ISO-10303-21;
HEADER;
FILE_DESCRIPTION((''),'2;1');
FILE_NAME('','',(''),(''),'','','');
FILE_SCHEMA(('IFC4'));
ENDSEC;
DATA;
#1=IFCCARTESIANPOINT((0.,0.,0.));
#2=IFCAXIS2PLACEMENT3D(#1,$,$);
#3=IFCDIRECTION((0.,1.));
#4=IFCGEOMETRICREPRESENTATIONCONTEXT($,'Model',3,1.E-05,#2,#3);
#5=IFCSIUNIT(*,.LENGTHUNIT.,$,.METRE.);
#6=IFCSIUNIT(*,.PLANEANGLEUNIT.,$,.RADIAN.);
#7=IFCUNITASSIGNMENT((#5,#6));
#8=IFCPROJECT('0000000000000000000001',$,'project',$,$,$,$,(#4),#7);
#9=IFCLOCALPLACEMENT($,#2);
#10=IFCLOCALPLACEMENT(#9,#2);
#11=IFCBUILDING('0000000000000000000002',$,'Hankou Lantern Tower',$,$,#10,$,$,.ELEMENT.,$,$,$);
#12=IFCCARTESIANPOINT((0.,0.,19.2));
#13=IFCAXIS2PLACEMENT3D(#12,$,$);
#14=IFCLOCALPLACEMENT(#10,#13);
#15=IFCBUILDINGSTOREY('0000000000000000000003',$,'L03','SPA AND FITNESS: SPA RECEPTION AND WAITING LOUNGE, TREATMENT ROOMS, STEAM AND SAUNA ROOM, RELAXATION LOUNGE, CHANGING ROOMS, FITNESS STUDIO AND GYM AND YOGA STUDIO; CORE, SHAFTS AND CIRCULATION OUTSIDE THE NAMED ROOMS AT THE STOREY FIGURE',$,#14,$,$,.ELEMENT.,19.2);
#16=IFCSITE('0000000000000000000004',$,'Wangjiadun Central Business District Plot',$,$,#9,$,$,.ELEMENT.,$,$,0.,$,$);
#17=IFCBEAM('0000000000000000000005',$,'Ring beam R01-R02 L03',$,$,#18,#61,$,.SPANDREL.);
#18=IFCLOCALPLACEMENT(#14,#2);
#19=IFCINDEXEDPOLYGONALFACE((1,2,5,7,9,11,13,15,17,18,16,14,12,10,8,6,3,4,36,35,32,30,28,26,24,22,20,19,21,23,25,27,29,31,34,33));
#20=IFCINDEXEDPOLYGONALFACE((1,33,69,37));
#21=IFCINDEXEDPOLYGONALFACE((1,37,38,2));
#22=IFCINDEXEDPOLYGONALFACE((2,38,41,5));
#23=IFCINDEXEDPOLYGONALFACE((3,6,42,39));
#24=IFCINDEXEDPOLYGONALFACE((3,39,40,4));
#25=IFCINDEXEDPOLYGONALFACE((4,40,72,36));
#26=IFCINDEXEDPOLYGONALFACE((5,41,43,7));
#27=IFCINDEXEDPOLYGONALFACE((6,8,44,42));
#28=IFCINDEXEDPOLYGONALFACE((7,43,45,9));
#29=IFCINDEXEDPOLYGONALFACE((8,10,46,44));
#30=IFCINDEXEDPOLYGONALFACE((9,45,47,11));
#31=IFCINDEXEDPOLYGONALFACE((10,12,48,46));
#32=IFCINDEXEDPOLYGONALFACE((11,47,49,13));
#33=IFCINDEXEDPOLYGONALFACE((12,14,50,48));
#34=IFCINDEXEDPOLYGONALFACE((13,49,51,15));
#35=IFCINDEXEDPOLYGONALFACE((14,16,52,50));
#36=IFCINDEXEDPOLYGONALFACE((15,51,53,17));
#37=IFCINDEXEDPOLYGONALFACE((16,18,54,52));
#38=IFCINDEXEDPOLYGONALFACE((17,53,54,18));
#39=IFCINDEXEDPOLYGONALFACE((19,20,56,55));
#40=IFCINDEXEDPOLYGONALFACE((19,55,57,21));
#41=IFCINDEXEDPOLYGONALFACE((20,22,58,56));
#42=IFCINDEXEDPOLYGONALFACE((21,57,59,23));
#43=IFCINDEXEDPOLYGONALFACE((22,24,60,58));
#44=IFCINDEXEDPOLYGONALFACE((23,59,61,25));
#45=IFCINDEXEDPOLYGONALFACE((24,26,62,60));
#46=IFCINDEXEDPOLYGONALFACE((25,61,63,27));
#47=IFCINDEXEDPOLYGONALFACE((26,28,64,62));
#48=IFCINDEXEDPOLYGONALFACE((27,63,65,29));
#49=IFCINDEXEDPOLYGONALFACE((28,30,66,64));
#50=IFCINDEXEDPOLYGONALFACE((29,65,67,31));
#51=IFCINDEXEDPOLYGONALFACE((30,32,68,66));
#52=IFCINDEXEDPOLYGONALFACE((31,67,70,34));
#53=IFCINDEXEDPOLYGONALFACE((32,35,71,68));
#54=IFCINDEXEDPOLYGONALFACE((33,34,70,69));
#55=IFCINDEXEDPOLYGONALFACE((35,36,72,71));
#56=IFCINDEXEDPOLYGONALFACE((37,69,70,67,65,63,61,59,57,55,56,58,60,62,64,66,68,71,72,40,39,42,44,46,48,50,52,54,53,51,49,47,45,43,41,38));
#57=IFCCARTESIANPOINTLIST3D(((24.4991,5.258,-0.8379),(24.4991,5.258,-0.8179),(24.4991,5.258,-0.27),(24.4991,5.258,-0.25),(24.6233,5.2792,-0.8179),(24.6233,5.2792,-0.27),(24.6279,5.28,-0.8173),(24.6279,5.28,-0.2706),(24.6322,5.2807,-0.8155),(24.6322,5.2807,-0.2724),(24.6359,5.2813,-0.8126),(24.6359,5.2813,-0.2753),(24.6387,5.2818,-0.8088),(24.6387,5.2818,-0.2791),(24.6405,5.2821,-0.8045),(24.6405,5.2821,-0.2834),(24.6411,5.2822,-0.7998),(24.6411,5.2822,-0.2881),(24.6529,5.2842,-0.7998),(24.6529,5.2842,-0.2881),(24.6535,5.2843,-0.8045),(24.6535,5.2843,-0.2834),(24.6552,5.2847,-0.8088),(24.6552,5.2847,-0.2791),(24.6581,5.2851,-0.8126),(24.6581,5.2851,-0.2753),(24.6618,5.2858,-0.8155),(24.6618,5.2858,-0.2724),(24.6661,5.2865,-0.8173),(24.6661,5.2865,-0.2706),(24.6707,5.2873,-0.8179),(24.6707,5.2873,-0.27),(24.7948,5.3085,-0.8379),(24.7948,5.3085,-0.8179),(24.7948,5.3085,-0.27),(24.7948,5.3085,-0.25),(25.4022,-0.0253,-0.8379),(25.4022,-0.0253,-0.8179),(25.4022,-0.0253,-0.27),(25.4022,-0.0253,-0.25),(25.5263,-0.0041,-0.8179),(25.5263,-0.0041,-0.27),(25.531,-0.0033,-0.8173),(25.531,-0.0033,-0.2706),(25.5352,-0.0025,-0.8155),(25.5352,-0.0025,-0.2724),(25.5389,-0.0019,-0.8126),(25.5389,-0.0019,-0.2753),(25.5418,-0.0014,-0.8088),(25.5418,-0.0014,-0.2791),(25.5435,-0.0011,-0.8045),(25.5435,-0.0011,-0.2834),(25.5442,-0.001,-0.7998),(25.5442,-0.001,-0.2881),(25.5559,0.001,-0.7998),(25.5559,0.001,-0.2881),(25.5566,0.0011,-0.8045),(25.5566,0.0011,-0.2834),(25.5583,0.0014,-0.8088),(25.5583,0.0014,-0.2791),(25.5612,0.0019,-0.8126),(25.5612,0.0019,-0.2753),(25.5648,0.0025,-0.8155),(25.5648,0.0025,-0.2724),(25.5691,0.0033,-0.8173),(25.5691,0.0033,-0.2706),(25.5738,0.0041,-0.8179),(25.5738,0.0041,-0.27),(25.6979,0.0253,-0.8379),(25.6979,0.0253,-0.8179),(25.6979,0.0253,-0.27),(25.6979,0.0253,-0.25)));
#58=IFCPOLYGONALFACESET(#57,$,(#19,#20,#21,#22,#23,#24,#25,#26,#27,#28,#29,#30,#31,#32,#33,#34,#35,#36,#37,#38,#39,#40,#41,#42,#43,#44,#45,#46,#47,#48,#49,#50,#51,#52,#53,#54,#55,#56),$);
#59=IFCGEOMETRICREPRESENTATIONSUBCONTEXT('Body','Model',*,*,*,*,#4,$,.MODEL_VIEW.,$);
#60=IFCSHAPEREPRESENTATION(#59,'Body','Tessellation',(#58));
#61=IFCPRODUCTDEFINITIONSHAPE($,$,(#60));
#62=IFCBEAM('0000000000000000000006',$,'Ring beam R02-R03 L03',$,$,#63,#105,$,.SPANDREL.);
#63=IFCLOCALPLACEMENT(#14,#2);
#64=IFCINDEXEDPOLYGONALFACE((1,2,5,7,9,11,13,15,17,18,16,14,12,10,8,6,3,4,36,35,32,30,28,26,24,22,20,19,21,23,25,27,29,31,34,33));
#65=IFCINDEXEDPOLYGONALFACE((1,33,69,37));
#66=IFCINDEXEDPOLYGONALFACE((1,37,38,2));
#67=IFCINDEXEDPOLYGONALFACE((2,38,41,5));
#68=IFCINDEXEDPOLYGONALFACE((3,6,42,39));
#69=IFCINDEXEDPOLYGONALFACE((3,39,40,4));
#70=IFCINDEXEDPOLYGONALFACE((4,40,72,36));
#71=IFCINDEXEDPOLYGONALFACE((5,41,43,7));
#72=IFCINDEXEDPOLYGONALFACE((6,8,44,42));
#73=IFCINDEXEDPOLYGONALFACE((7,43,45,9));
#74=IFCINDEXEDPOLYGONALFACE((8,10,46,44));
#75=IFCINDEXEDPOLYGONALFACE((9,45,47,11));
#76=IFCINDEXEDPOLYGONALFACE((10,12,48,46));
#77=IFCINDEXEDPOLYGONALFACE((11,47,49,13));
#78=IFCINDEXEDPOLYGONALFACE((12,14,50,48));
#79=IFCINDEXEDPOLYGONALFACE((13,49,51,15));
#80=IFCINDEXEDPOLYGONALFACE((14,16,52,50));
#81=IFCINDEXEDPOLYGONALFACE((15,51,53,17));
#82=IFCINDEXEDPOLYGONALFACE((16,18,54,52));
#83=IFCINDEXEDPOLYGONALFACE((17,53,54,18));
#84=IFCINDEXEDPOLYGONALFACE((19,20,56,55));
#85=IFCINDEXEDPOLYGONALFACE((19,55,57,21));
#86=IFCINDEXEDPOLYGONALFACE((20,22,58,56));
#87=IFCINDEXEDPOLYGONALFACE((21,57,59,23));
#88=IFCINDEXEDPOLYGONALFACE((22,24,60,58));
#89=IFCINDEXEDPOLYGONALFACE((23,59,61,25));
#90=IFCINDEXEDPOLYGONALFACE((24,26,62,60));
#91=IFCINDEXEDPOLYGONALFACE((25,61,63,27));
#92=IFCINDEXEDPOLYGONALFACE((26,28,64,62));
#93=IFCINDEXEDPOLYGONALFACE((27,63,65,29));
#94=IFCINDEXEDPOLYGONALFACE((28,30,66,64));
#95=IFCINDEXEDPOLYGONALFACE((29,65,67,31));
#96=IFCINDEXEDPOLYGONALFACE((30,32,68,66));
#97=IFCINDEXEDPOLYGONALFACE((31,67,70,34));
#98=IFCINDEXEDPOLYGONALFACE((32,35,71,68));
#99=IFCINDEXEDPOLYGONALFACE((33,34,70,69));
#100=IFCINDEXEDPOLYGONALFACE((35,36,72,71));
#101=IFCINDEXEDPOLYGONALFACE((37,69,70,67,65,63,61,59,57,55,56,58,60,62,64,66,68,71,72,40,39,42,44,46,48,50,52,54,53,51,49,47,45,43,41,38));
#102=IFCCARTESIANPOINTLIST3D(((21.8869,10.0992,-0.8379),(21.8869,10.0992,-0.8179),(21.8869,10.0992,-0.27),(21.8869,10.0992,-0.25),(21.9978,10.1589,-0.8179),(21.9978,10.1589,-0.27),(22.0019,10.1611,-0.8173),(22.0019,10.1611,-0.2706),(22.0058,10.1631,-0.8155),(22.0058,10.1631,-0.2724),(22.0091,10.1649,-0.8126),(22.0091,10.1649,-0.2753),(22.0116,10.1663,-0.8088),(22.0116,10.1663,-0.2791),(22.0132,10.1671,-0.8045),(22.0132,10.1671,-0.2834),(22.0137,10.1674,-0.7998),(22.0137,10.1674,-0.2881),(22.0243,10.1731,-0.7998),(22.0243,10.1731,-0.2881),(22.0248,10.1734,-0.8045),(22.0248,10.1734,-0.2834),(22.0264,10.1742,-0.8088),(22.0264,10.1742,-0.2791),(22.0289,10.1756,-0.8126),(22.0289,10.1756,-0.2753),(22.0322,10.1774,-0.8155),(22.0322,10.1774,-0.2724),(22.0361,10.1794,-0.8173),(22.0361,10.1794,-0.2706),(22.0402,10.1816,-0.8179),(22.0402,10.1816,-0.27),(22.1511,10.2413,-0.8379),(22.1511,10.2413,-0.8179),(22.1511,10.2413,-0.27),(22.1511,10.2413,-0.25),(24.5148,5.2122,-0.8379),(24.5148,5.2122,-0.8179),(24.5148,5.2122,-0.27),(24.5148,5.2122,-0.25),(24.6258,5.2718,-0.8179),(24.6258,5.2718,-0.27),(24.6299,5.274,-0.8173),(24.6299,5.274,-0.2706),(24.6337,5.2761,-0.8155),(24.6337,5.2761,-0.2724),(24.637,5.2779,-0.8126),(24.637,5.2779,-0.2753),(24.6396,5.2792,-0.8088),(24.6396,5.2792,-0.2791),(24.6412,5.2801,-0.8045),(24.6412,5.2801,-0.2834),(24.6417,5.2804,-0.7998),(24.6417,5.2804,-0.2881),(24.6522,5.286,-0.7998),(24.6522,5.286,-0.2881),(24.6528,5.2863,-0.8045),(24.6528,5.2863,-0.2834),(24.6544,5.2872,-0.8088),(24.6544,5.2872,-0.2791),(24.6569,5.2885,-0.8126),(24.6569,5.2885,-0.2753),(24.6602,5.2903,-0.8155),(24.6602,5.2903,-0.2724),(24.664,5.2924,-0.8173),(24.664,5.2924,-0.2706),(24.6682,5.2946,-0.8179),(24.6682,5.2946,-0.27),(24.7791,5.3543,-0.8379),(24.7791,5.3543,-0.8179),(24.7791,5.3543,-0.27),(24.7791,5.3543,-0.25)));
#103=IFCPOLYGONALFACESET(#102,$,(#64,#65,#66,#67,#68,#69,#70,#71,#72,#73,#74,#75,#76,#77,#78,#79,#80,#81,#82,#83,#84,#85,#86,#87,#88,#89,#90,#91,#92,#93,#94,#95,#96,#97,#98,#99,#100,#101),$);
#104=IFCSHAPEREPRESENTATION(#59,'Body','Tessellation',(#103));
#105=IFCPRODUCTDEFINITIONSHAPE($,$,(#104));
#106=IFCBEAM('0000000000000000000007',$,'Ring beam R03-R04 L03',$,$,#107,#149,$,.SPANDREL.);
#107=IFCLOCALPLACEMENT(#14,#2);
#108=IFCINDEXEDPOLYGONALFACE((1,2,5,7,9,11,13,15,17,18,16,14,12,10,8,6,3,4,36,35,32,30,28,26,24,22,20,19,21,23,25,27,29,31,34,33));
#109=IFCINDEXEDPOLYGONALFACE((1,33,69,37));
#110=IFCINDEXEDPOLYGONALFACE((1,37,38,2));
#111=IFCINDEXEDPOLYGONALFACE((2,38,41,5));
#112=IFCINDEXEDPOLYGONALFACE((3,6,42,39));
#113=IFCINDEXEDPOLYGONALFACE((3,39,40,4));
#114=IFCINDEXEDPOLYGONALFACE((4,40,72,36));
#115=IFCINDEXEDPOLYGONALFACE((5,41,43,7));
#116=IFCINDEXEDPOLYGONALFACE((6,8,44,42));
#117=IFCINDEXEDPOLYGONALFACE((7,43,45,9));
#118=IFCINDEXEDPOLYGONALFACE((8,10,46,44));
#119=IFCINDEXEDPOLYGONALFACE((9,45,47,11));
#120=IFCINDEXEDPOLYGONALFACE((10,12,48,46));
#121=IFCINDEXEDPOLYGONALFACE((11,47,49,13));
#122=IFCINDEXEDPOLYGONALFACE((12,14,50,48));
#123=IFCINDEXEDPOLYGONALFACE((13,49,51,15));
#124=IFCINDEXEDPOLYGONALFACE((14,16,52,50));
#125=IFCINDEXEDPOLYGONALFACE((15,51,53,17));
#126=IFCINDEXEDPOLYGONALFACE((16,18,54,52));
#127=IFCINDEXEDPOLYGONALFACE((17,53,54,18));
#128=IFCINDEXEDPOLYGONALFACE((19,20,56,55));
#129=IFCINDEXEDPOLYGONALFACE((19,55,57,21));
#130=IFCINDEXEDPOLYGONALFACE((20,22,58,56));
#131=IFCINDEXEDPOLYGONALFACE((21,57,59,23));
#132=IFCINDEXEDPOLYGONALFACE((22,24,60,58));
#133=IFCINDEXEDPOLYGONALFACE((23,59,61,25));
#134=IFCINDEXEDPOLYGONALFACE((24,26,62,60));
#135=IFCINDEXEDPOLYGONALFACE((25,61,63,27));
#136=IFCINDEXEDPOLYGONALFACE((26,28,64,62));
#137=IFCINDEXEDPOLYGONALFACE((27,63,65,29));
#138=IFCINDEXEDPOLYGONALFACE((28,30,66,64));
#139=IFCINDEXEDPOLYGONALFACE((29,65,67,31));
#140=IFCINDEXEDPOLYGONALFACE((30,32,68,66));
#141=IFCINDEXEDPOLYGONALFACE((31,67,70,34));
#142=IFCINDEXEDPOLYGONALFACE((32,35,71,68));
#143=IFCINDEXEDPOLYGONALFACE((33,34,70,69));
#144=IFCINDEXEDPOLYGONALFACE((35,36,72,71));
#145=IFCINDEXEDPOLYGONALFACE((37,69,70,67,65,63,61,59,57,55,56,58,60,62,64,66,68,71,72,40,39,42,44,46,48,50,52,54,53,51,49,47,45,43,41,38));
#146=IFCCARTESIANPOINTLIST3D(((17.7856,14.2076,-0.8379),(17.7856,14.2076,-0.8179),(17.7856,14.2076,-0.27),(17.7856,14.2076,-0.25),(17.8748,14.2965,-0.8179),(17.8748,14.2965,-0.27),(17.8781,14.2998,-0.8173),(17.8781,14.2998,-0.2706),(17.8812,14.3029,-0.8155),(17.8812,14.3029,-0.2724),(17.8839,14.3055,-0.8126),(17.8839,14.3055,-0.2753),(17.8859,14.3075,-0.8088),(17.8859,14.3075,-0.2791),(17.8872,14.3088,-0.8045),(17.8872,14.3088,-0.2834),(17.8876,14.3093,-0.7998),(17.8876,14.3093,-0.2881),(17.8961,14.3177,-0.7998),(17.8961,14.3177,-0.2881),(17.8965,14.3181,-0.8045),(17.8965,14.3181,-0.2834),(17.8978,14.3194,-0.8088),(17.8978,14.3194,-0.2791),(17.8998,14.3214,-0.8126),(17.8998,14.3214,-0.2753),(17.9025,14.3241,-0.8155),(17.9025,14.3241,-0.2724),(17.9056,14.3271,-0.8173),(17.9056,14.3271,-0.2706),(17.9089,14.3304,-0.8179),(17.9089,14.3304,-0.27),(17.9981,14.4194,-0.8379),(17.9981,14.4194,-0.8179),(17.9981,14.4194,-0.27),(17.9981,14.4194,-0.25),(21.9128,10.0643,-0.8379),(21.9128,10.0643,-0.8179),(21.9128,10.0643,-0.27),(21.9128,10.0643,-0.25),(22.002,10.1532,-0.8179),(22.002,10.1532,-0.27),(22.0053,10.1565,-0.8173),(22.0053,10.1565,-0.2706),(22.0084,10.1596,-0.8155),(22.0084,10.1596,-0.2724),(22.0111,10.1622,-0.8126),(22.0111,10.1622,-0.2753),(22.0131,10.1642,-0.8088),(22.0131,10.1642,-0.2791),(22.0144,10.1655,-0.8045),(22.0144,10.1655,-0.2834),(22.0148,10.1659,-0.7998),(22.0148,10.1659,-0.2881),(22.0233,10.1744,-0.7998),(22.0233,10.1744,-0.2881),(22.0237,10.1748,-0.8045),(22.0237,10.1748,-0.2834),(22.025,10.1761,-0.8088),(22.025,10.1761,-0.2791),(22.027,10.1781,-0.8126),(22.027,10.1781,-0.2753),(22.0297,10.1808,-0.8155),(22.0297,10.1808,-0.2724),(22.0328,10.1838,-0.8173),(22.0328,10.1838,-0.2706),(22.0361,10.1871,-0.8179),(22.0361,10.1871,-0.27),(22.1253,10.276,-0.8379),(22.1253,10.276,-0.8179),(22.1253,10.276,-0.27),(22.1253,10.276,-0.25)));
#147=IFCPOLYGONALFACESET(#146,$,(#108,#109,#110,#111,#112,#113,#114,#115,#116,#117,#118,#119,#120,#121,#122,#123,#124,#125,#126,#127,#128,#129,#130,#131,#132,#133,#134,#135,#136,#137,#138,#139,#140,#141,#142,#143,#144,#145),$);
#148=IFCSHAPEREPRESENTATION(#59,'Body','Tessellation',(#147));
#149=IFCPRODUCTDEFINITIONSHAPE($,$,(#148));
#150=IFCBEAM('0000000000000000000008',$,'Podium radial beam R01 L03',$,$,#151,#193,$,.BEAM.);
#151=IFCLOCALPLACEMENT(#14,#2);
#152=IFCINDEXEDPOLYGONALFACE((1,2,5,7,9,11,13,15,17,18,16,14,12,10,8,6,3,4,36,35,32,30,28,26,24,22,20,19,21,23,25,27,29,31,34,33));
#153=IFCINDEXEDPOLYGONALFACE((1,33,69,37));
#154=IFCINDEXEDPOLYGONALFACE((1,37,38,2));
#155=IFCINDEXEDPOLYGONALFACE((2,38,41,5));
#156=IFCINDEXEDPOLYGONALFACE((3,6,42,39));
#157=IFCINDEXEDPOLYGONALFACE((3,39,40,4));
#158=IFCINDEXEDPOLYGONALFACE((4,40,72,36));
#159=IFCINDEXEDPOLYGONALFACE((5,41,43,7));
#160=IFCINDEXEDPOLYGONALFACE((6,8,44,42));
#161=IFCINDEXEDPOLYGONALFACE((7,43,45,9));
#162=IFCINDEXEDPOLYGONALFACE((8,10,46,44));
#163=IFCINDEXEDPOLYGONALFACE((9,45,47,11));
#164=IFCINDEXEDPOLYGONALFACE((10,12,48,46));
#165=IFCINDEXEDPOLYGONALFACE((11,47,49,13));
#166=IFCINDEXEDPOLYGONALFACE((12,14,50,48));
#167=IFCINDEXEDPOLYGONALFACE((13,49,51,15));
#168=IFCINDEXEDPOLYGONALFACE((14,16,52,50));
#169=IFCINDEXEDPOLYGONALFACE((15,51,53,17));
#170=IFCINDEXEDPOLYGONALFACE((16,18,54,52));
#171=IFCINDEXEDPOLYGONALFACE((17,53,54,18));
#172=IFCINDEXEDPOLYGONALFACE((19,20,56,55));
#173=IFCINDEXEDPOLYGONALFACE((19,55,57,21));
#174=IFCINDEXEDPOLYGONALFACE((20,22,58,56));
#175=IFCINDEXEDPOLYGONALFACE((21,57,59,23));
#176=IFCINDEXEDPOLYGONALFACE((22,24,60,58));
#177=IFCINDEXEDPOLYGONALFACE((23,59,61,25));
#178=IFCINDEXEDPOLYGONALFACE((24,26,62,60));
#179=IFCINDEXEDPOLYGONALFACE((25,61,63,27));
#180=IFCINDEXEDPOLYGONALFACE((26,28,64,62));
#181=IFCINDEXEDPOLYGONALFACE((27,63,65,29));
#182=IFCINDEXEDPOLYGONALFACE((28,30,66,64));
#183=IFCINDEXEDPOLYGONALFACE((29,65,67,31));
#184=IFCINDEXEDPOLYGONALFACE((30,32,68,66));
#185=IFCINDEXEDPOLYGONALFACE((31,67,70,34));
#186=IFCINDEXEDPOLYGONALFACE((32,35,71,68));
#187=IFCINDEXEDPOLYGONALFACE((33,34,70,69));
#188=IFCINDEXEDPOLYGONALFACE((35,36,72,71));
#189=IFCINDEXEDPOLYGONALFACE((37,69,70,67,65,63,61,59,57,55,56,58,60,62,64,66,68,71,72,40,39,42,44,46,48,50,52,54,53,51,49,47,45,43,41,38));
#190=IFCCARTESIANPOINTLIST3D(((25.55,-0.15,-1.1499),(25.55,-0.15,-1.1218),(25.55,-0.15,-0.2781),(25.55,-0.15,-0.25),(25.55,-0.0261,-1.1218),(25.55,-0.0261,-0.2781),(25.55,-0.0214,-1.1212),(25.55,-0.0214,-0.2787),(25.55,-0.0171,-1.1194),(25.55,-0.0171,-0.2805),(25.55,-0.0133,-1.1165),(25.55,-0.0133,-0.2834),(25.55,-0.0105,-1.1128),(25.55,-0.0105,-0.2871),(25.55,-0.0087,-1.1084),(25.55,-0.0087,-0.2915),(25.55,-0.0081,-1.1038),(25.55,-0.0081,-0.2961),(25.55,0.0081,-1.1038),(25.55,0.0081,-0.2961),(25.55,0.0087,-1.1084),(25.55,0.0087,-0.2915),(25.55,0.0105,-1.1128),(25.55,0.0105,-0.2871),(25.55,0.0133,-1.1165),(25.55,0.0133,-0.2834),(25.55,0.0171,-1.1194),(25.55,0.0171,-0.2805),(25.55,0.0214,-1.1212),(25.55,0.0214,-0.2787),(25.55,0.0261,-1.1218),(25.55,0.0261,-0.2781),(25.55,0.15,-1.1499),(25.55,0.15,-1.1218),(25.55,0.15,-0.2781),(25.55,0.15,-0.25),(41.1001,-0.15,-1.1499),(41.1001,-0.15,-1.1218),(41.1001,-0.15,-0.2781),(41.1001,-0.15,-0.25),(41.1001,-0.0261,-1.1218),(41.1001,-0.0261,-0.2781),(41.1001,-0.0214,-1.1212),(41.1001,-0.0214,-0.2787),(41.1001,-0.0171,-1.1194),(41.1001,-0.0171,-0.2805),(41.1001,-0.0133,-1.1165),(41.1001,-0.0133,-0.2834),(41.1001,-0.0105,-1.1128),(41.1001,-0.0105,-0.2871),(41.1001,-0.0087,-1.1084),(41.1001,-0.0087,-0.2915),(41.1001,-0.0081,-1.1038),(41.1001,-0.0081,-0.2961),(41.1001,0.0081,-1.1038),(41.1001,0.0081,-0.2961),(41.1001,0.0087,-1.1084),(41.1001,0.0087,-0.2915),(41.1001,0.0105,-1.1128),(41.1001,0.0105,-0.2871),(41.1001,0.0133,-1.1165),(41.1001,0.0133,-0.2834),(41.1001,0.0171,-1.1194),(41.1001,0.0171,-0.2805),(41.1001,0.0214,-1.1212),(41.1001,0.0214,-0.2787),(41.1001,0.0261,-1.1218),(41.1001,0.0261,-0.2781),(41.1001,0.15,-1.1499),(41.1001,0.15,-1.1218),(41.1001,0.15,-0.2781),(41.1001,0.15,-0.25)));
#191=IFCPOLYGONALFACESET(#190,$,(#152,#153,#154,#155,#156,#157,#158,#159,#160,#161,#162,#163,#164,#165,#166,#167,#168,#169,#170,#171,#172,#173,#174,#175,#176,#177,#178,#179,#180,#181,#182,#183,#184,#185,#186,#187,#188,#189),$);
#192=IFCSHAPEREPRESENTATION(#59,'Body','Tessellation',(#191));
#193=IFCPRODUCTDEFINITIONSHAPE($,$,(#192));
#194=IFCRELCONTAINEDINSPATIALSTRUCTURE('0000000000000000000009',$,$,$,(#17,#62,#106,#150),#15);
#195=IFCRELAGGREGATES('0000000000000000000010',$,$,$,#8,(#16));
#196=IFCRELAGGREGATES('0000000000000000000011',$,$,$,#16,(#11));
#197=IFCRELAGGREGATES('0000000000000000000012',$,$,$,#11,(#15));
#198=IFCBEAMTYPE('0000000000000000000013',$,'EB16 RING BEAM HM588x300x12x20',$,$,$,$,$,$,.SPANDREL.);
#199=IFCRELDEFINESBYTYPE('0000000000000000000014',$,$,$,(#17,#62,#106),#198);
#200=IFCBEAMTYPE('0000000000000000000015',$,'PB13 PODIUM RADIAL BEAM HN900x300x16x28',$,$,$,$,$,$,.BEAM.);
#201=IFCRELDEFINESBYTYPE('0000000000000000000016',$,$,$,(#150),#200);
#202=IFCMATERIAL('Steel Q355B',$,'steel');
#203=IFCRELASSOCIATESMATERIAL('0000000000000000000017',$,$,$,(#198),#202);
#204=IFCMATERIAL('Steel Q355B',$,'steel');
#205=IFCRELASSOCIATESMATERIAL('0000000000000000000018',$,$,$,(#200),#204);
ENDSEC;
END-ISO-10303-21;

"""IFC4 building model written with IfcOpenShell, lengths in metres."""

from ifc_helpers import new_model, si_unit, direction, frame, origin, origin_2d, place, context, subcontext, project, spatial, i_section, extrude, material, material_profile, profile_set, type_object, element, save


model = new_model("IFC4")

# Units and contexts
model_context = context("Model", 3, precision=1e-05, world=origin(), true_north=direction((0.0, 1.0)))
body_context = subcontext(model_context, "Body", "Model", "MODEL_VIEW")
ifc_project = project(units=[si_unit("LENGTHUNIT", "METRE"), si_unit("PLANEANGLEUNIT", "RADIAN")], contexts=[model_context])

# Site, building, storey
site_placement = place(None, origin())
site = spatial("IfcSite", under=ifc_project, at=site_placement, Name="Wangjiadun Central Business District Plot", CompositionType="ELEMENT", RefElevation=0.0)
building_placement = place(site_placement, origin())
building = spatial("IfcBuilding", under=site, at=building_placement, Name="Hankou Lantern Tower", CompositionType="ELEMENT")
storey_placement = place(building_placement, frame((0.0, 0.0, 19.2)))
storey = spatial("IfcBuildingStorey", under=building, at=storey_placement, Name="L03", Description="SPA AND FITNESS: SPA RECEPTION AND WAITING LOUNGE, TREATMENT ROOMS, STEAM AND SAUNA ROOM, RELAXATION LOUNGE, CHANGING ROOMS, FITNESS STUDIO AND GYM AND YOGA STUDIO; CORE, SHAFTS AND CIRCULATION OUTSIDE THE NAMED ROOMS AT THE STOREY FIGURE", CompositionType="ELEMENT", Elevation=19.2)

# Beams
ifc_material_1 = material(Name="Steel Q355B", Category="steel")
ifc_material_profile_1 = material_profile(ifc_material_1, i_section(OverallWidth=0.3, OverallDepth=0.5879, WebThickness=0.012, FlangeThickness=0.02, FilletRadius=0.0181, at=origin_2d()), Name="HM588x300x12x20")
ifc_profile_set_1 = profile_set([ifc_material_profile_1], Name="Steel Q355B")
beam_type_1 = type_object("IfcBeamType", Name="EB16 RING BEAM HM588x300x12x20", PredefinedType="SPANDREL", material=ifc_profile_set_1)
beam_1_placement = place(storey_placement, frame((25.55, 0.0, -0.5439), z_axis=(-0.16849, 0.985703, 0.0), x_axis=(-0.985703, -0.16849, 0.0)))
element("IfcBeam", 1, at=beam_1_placement, inside=storey, type_object=beam_type_1, Name="Ring beam R01-R02 L03", PredefinedType="SPANDREL", context=body_context, shape_type="SweptSolid", body=[
    extrude(i_section(OverallWidth=0.3, OverallDepth=0.5879, WebThickness=0.012, FlangeThickness=0.02, FilletRadius=0.0181, at=origin_2d()), origin(), (0.0, 0.0, 1.0), 5.3599),
])
beam_2_placement = place(storey_placement, frame((24.647, 5.2832, -0.5439), z_axis=(-0.473609, 0.880735, 0.0), x_axis=(-0.880735, -0.473609, 0.0)))
element("IfcBeam", 2, at=beam_2_placement, inside=storey, type_object=beam_type_1, Name="Ring beam R02-R03 L03", PredefinedType="SPANDREL", context=body_context, shape_type="SweptSolid", body=[
    extrude(i_section(OverallWidth=0.3, OverallDepth=0.5879, WebThickness=0.012, FlangeThickness=0.02, FilletRadius=0.0181, at=origin_2d()), origin(), (0.0, 0.0, 1.0), 5.5488),
])
beam_3_placement = place(storey_placement, frame((22.019, 10.1702, -0.5439), z_axis=(-0.705728, 0.708483, 0.0), x_axis=(-0.708483, -0.705728, 0.0)))
element("IfcBeam", 3, at=beam_3_placement, inside=storey, type_object=beam_type_1, Name="Ring beam R03-R04 L03", PredefinedType="SPANDREL", context=body_context, shape_type="SweptSolid", body=[
    extrude(i_section(OverallWidth=0.3, OverallDepth=0.5879, WebThickness=0.012, FlangeThickness=0.02, FilletRadius=0.0181, at=origin_2d()), origin(), (0.0, 0.0, 1.0), 5.8481),
])
ifc_material_2 = material(Name="Steel Q355B", Category="steel")
ifc_material_profile_2 = material_profile(ifc_material_2, i_section(OverallWidth=0.3, OverallDepth=0.8999, WebThickness=0.0161, FlangeThickness=0.0281, FilletRadius=0.0181, at=origin_2d()), Name="HN900x300x16x28")
ifc_profile_set_2 = profile_set([ifc_material_profile_2], Name="Steel Q355B")
beam_type_2 = type_object("IfcBeamType", Name="PB13 PODIUM RADIAL BEAM HN900x300x16x28", PredefinedType="BEAM", material=ifc_profile_set_2)
beam_4_placement = place(storey_placement, frame((25.55, 0.0, -0.7), z_axis=(1.0, 0.0, 0.0), x_axis=(0.0, 1.0, 0.0)))
element("IfcBeam", 4, at=beam_4_placement, inside=storey, type_object=beam_type_2, Name="Podium radial beam R01 L03", PredefinedType="BEAM", context=body_context, shape_type="SweptSolid", body=[
    extrude(i_section(OverallWidth=0.3, OverallDepth=0.8999, WebThickness=0.0161, FlangeThickness=0.0281, FilletRadius=0.0181, at=origin_2d()), origin(), (0.0, 0.0, 1.0), 15.55),
])

save(model, "model.ifc")
